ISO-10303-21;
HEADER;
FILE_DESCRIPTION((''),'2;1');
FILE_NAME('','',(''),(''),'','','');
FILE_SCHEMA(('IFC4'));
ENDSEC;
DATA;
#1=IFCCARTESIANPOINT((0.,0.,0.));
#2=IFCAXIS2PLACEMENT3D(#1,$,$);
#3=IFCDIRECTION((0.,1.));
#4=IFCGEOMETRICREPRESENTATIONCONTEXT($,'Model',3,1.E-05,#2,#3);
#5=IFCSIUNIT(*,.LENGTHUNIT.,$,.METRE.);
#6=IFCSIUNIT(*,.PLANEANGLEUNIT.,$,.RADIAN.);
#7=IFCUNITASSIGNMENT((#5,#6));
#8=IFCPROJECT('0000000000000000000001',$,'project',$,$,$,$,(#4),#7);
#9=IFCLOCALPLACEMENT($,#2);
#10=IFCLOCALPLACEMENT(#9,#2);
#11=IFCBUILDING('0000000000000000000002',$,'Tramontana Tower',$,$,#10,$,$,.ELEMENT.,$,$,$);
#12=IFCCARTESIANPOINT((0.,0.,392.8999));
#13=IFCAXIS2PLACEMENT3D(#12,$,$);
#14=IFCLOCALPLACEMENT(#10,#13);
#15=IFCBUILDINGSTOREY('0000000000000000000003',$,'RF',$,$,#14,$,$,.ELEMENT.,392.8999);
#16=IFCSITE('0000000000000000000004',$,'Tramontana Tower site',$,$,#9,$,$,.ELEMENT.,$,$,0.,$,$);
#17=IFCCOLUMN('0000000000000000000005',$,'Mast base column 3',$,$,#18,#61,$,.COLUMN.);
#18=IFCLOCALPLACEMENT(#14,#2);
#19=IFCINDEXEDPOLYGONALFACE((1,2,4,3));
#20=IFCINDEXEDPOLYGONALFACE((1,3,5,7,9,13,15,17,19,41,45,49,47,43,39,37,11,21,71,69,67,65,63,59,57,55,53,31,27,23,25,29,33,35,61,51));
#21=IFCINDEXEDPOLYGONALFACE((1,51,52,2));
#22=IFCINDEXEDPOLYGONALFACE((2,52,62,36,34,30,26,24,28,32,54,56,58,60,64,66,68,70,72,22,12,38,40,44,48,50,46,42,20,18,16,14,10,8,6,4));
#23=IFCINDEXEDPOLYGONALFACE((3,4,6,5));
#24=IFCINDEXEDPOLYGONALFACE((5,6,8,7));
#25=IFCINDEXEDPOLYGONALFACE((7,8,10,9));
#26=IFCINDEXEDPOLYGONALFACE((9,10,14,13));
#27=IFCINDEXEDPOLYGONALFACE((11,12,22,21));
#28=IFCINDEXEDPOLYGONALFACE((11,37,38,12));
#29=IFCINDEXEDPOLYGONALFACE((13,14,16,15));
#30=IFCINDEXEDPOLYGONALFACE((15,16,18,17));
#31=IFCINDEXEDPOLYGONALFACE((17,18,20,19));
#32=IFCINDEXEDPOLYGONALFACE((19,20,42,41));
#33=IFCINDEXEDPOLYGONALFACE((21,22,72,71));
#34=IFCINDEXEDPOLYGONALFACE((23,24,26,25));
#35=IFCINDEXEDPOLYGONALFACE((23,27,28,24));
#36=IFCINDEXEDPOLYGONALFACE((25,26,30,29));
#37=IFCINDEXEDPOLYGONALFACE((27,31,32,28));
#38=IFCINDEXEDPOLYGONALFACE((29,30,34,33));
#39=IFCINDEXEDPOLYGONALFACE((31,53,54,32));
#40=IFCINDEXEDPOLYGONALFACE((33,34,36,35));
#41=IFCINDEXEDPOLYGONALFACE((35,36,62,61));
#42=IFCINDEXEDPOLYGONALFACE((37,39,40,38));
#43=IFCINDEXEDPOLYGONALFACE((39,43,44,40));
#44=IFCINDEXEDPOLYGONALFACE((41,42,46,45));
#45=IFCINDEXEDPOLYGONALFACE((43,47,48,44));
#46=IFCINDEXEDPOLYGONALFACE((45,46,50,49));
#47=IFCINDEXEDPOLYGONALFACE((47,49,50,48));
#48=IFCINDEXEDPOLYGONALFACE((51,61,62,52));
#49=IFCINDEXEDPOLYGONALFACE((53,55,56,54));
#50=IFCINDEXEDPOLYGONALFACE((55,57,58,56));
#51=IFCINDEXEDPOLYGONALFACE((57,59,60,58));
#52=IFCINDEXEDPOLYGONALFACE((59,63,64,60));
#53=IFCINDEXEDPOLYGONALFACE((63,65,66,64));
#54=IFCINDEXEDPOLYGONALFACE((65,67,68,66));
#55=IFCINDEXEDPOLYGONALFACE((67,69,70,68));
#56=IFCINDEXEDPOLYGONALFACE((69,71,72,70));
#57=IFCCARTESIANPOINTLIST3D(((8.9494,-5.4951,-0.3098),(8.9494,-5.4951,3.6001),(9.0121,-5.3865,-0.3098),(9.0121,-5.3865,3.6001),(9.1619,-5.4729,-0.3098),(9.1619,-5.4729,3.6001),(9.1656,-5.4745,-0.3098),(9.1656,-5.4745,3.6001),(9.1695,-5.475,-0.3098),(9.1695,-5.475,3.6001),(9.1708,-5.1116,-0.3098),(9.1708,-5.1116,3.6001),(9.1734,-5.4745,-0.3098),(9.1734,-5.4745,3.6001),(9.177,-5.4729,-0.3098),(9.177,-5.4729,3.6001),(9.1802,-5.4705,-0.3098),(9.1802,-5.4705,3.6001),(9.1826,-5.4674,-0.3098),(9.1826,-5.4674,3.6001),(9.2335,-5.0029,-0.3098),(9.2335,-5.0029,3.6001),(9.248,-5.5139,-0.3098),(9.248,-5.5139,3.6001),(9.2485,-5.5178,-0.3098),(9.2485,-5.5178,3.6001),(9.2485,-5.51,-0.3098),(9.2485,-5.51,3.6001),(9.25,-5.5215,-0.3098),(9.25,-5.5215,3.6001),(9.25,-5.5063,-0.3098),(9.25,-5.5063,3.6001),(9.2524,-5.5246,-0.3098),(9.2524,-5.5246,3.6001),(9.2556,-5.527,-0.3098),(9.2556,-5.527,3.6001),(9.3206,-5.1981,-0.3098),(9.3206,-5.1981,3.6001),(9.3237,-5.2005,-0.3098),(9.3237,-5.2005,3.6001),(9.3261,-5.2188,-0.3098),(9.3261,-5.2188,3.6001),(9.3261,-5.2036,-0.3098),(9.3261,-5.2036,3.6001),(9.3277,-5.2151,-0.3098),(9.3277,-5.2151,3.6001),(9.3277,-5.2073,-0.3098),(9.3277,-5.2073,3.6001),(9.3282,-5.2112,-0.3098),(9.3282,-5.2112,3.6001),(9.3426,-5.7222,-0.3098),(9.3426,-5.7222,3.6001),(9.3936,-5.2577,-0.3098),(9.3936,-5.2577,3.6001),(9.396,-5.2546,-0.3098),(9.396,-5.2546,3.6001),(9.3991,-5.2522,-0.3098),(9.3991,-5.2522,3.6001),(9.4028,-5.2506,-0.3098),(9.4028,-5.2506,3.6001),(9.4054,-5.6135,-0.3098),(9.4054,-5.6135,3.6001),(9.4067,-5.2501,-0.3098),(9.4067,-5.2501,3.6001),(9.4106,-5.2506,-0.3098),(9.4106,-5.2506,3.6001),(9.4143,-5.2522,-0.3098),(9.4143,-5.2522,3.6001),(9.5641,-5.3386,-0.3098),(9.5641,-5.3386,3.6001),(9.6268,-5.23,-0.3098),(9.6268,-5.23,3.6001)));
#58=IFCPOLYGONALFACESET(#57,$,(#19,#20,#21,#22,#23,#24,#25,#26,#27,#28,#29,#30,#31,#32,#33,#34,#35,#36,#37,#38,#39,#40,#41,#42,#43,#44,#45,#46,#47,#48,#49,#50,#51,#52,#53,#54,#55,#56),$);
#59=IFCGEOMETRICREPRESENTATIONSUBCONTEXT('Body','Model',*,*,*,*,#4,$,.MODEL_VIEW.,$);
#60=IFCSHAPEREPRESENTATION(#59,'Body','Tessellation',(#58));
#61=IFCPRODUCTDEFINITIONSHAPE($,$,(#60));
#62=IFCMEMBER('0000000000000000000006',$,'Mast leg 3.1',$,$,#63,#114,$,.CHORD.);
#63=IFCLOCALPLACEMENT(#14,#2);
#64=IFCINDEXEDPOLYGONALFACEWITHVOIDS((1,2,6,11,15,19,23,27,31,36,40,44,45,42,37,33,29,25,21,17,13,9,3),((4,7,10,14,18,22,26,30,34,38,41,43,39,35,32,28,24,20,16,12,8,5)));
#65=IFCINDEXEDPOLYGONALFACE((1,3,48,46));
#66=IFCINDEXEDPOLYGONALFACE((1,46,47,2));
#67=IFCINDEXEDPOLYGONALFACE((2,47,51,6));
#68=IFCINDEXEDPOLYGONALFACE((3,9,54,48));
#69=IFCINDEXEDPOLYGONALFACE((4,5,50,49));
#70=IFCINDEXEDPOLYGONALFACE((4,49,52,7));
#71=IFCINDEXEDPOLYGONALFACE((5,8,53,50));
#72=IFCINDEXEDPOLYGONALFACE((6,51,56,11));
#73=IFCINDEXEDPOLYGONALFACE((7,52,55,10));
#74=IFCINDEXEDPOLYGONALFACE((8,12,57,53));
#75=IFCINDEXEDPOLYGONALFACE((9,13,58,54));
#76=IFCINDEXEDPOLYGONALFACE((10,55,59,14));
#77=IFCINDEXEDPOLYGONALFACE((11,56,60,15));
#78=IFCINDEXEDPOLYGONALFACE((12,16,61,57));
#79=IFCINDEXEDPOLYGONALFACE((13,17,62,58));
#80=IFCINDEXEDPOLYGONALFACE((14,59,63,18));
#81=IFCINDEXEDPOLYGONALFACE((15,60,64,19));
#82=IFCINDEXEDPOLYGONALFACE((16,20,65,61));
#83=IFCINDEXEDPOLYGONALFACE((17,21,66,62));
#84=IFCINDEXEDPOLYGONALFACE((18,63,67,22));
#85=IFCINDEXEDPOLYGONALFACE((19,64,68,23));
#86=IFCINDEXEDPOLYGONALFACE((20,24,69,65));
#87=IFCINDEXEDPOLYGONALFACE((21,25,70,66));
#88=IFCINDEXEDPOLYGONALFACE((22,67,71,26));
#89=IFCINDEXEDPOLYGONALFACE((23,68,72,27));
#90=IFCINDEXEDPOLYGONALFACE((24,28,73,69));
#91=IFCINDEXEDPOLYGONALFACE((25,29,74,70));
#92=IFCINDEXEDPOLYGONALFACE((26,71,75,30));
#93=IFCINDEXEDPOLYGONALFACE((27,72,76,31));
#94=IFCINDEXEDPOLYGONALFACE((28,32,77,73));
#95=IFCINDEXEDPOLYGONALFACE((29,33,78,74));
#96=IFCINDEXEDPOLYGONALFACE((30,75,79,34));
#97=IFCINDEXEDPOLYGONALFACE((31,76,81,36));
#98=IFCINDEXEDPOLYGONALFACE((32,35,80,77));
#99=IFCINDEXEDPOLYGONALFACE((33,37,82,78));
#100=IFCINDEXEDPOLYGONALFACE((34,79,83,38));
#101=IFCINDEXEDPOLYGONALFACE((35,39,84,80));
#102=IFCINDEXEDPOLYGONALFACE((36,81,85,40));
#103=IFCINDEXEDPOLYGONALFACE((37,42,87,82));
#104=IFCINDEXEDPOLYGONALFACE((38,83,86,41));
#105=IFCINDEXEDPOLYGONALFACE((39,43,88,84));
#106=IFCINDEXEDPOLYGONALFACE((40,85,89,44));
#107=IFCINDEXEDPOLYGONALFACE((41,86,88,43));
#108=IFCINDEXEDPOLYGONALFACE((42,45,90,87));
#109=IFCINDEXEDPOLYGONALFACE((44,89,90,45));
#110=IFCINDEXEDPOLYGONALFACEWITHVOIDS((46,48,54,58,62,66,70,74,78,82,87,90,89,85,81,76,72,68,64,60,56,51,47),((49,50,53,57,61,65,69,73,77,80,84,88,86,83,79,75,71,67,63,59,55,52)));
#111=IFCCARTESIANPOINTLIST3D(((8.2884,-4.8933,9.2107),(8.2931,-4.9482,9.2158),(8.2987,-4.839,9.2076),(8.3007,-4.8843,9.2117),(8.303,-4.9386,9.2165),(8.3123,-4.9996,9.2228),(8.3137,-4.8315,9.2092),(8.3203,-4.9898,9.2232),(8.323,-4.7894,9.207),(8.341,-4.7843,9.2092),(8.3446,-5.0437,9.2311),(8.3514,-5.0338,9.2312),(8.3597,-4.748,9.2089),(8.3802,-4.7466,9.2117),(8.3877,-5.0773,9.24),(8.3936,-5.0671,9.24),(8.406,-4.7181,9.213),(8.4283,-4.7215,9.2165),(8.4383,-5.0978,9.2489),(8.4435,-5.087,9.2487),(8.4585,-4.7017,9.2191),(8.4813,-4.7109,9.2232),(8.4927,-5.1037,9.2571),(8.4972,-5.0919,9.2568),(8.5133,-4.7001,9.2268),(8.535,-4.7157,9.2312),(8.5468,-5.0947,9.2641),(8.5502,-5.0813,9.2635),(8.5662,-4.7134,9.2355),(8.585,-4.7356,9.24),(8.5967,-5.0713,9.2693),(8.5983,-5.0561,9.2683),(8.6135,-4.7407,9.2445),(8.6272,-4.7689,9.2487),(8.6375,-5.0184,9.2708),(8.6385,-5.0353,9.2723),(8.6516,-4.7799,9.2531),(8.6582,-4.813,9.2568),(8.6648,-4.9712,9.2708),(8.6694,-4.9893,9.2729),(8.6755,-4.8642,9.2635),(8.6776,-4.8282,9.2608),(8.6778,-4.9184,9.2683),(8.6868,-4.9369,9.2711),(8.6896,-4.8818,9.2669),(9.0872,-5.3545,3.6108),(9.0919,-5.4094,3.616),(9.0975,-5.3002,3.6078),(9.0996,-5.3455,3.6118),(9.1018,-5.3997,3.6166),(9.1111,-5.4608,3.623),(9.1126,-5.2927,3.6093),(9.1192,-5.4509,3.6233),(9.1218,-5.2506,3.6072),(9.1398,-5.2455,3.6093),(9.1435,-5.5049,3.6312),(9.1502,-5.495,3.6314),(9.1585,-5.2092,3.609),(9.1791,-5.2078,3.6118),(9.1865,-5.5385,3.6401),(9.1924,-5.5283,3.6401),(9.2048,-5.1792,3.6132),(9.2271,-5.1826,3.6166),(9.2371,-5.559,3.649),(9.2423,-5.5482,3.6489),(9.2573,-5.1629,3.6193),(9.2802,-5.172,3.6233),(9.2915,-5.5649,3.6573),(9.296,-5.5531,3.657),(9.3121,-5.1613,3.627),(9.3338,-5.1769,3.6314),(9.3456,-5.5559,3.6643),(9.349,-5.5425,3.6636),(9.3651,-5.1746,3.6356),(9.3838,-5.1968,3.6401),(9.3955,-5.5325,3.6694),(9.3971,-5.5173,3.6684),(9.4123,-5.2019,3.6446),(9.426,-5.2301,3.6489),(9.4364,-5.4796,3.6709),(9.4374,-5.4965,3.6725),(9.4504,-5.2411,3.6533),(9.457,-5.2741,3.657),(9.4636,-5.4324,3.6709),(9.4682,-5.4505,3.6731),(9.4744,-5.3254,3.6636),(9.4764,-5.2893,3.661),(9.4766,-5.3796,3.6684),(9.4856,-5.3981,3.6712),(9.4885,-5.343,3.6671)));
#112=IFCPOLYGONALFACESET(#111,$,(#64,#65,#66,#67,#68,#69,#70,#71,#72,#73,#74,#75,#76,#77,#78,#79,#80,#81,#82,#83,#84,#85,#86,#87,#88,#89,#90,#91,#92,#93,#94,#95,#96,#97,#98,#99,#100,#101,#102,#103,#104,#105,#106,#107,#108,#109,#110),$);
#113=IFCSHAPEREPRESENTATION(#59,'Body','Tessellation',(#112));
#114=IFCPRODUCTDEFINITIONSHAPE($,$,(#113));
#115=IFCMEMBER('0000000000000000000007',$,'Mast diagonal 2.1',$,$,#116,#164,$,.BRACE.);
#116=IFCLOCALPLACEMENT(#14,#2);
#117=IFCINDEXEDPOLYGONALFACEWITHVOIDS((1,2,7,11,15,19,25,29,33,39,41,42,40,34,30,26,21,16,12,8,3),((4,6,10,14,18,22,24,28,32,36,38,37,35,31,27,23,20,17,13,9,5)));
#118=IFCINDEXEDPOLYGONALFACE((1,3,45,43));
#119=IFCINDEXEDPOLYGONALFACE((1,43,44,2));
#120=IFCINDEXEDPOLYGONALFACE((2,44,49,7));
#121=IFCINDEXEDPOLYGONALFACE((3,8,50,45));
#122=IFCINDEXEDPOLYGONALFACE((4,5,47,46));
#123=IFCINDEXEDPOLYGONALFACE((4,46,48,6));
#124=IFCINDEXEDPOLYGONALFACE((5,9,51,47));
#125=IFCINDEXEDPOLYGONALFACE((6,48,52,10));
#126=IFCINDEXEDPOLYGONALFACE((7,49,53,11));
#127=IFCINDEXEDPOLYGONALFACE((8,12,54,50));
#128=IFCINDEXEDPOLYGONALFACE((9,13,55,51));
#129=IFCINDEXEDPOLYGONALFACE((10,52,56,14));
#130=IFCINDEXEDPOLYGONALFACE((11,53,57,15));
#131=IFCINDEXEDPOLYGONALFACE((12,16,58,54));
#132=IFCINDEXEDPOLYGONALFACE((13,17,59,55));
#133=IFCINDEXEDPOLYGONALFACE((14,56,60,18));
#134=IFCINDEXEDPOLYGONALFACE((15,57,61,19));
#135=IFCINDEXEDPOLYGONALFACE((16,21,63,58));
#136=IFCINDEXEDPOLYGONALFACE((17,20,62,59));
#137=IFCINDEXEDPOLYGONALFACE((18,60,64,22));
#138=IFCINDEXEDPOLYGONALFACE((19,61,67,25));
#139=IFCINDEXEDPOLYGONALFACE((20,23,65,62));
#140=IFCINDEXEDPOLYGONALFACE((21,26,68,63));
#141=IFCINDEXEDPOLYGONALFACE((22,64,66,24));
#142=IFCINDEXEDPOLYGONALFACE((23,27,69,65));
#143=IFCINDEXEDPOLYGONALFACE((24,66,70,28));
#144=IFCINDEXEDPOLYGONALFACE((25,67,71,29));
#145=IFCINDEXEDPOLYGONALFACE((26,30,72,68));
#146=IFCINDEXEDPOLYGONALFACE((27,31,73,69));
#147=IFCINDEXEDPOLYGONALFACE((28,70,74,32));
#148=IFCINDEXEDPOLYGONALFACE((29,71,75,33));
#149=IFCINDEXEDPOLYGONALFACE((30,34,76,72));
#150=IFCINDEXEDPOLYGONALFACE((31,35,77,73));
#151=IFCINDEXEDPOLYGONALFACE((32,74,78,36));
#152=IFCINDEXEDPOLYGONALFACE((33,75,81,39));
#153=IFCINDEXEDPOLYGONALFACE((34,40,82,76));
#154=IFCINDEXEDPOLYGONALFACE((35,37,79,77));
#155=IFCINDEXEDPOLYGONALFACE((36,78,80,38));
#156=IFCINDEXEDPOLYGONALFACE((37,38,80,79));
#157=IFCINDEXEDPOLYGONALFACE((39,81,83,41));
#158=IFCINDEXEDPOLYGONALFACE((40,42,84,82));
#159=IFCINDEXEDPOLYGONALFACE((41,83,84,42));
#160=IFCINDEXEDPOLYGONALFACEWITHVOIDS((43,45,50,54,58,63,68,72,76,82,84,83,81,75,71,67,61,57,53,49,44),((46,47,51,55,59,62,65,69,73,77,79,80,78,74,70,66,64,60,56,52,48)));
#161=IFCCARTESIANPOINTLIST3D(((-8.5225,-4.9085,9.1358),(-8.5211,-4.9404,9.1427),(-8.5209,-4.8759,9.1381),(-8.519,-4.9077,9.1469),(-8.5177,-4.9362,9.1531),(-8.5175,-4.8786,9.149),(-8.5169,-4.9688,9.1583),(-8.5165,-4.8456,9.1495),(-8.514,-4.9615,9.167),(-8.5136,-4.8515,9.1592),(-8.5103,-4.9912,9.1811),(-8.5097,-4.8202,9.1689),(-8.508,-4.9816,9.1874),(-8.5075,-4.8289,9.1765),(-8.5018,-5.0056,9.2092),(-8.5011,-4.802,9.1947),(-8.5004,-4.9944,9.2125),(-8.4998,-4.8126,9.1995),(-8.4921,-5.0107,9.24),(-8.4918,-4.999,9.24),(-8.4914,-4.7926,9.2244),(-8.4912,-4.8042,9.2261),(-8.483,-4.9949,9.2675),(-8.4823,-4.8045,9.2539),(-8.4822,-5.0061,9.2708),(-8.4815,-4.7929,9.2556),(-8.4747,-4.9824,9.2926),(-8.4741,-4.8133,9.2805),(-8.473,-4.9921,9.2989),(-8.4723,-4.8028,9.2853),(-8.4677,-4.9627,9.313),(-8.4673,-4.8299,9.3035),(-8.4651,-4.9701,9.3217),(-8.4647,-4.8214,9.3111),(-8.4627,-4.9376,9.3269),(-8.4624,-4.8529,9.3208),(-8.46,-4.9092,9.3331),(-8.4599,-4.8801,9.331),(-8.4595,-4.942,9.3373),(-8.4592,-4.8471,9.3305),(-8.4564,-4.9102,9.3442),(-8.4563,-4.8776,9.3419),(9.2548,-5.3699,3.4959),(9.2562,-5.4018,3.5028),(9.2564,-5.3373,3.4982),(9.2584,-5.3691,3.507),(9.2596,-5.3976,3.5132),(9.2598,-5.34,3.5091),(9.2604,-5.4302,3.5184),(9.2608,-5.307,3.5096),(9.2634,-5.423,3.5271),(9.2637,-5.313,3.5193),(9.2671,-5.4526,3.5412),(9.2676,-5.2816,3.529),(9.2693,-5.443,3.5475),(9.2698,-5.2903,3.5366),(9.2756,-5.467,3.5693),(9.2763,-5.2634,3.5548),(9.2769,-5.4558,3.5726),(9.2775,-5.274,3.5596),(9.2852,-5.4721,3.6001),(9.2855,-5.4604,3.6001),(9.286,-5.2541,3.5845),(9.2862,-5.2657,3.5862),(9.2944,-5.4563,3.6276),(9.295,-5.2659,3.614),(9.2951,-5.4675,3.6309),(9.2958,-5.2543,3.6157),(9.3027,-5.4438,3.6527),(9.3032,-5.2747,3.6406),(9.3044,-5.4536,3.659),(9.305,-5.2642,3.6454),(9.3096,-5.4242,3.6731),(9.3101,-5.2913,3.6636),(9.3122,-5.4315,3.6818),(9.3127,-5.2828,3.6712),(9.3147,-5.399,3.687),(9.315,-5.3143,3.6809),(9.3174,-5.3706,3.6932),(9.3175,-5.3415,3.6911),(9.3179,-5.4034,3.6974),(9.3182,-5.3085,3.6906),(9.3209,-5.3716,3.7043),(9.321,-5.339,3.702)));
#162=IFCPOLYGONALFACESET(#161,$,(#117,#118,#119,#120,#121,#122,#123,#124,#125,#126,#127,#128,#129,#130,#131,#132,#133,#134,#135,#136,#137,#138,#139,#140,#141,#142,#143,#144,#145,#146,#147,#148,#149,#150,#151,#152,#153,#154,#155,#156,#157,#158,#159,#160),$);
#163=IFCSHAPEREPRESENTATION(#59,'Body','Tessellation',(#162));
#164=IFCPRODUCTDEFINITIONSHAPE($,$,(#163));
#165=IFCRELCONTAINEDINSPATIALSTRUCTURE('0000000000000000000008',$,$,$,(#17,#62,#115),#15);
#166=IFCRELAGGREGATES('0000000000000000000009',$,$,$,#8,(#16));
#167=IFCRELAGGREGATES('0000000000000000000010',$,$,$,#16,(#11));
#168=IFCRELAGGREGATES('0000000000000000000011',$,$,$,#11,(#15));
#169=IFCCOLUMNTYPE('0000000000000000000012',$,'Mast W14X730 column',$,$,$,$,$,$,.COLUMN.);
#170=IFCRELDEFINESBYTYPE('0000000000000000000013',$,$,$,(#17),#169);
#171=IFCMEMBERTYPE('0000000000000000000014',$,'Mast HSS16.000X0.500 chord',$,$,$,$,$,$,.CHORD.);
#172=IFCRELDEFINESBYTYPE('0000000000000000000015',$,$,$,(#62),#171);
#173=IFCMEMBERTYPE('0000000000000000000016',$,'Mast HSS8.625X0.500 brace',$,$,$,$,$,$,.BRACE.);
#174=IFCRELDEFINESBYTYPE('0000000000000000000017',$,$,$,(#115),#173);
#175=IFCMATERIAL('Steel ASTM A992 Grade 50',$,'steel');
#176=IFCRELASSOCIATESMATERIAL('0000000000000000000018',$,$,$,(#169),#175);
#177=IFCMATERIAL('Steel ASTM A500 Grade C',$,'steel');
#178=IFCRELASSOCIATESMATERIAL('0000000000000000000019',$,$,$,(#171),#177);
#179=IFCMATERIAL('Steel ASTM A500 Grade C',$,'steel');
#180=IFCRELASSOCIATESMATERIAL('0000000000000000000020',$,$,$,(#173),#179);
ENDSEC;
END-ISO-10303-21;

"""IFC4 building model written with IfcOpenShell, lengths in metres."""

from ifc_helpers import new_model, si_unit, direction, frame, origin, origin_2d, place, context, subcontext, project, spatial, hollow_circle, i_section, extrude, material, material_profile, profile_set, type_object, element, save


model = new_model("IFC4")

# Units and contexts
model_context = context("Model", 3, precision=1e-05, world=origin(), true_north=direction((0.0, 1.0)))
body_context = subcontext(model_context, "Body", "Model", "MODEL_VIEW")
ifc_project = project(units=[si_unit("LENGTHUNIT", "METRE"), si_unit("PLANEANGLEUNIT", "RADIAN")], contexts=[model_context])

# Site, building, storey
site_placement = place(None, origin())
site = spatial("IfcSite", under=ifc_project, at=site_placement, Name="Tramontana Tower site", CompositionType="ELEMENT", RefElevation=0.0)
building_placement = place(site_placement, origin())
building = spatial("IfcBuilding", under=site, at=building_placement, Name="Tramontana Tower", CompositionType="ELEMENT")
storey_placement = place(building_placement, frame((0.0, 0.0, 392.8999)))
storey = spatial("IfcBuildingStorey", under=building, at=storey_placement, Name="RF", CompositionType="ELEMENT", Elevation=392.8999)

# Column
ifc_material_1 = material(Name="Steel ASTM A992 Grade 50", Category="steel")
ifc_material_profile_1 = material_profile(ifc_material_1, i_section(OverallWidth=0.4541, OverallDepth=0.5684, WebThickness=0.0779, FlangeThickness=0.1255, FilletRadius=0.0151, at=origin_2d()), Name="W14X730")
ifc_profile_set_1 = profile_set([ifc_material_profile_1], Name="Steel ASTM A992 Grade 50")
column_type = type_object("IfcColumnType", Name="Mast W14X730 column", PredefinedType="COLUMN", material=ifc_profile_set_1)
column_placement = place(storey_placement, frame((9.2881, -5.3625, -0.3098), z_axis=(0.0, 0.0, 1.0), x_axis=(0.866025, -0.5, 0.0)))
element("IfcColumn", 1, at=column_placement, inside=storey, type_object=column_type, Name="Mast base column 3", PredefinedType="COLUMN", context=body_context, shape_type="SweptSolid", body=[
    extrude(i_section(OverallWidth=0.4541, OverallDepth=0.5684, WebThickness=0.0779, FlangeThickness=0.1255, FilletRadius=0.0151, at=origin_2d()), origin(), (0.0, 0.0, 1.0), 3.9099),
])

# Members
ifc_material_2 = material(Name="Steel ASTM A500 Grade C", Category="steel")
ifc_material_profile_2 = material_profile(ifc_material_2, hollow_circle(Radius=0.2031, WallThickness=0.0117, at=origin_2d()), Name="HSS16.000X0.500")
ifc_profile_set_2 = profile_set([ifc_material_profile_2], Name="Steel ASTM A500 Grade C")
member_type_1 = type_object("IfcMemberType", Name="Mast HSS16.000X0.500 chord", PredefinedType="CHORD", material=ifc_profile_set_2)
member_placement = place(storey_placement, frame((9.2881, -5.3625, 3.6401), z_axis=(-0.140755, 0.081261, 0.986704), x_axis=(-0.499982, -0.866036, 0.0)))
element("IfcMember", 2, at=member_placement, inside=storey, type_object=member_type_1, Name="Mast leg 3.1", PredefinedType="CHORD", context=body_context, shape_type="SweptSolid", body=[
    extrude(hollow_circle(Radius=0.2031, WallThickness=0.0117, at=origin_2d()), origin(), (0.0, 0.0, 1.0), 5.6753),
])
ifc_material_3 = material(Name="Steel ASTM A500 Grade C", Category="steel")
ifc_material_profile_3 = material_profile(ifc_material_3, hollow_circle(Radius=0.1096, WallThickness=0.0117, at=origin_2d()), Name="HSS8.625X0.500")
ifc_profile_set_3 = profile_set([ifc_material_profile_3], Name="Steel ASTM A500 Grade C")
member_type_2 = type_object("IfcMemberType", Name="Mast HSS8.625X0.500 brace", PredefinedType="BRACE", material=ifc_profile_set_3)
for number, where, z_axis, x_axis, name in (
    (3, (9.2881, -5.3625, 3.6001), (-0.95289, 0.024733, 0.302306), (-0.025947, -0.999663, 0.0), "Mast diagonal 2.1"),
):
    element("IfcMember", number, at=place(storey_placement, frame(where, z_axis=z_axis, x_axis=x_axis)), inside=storey, type_object=member_type_2, Name=name, PredefinedType="BRACE", context=body_context, shape_type="SweptSolid", body=[
        extrude(hollow_circle(Radius=0.1096, WallThickness=0.0117, at=origin_2d()), origin(), (0.0, 0.0, 1.0), 18.6562),
    ])

save(model, "model.ifc")
